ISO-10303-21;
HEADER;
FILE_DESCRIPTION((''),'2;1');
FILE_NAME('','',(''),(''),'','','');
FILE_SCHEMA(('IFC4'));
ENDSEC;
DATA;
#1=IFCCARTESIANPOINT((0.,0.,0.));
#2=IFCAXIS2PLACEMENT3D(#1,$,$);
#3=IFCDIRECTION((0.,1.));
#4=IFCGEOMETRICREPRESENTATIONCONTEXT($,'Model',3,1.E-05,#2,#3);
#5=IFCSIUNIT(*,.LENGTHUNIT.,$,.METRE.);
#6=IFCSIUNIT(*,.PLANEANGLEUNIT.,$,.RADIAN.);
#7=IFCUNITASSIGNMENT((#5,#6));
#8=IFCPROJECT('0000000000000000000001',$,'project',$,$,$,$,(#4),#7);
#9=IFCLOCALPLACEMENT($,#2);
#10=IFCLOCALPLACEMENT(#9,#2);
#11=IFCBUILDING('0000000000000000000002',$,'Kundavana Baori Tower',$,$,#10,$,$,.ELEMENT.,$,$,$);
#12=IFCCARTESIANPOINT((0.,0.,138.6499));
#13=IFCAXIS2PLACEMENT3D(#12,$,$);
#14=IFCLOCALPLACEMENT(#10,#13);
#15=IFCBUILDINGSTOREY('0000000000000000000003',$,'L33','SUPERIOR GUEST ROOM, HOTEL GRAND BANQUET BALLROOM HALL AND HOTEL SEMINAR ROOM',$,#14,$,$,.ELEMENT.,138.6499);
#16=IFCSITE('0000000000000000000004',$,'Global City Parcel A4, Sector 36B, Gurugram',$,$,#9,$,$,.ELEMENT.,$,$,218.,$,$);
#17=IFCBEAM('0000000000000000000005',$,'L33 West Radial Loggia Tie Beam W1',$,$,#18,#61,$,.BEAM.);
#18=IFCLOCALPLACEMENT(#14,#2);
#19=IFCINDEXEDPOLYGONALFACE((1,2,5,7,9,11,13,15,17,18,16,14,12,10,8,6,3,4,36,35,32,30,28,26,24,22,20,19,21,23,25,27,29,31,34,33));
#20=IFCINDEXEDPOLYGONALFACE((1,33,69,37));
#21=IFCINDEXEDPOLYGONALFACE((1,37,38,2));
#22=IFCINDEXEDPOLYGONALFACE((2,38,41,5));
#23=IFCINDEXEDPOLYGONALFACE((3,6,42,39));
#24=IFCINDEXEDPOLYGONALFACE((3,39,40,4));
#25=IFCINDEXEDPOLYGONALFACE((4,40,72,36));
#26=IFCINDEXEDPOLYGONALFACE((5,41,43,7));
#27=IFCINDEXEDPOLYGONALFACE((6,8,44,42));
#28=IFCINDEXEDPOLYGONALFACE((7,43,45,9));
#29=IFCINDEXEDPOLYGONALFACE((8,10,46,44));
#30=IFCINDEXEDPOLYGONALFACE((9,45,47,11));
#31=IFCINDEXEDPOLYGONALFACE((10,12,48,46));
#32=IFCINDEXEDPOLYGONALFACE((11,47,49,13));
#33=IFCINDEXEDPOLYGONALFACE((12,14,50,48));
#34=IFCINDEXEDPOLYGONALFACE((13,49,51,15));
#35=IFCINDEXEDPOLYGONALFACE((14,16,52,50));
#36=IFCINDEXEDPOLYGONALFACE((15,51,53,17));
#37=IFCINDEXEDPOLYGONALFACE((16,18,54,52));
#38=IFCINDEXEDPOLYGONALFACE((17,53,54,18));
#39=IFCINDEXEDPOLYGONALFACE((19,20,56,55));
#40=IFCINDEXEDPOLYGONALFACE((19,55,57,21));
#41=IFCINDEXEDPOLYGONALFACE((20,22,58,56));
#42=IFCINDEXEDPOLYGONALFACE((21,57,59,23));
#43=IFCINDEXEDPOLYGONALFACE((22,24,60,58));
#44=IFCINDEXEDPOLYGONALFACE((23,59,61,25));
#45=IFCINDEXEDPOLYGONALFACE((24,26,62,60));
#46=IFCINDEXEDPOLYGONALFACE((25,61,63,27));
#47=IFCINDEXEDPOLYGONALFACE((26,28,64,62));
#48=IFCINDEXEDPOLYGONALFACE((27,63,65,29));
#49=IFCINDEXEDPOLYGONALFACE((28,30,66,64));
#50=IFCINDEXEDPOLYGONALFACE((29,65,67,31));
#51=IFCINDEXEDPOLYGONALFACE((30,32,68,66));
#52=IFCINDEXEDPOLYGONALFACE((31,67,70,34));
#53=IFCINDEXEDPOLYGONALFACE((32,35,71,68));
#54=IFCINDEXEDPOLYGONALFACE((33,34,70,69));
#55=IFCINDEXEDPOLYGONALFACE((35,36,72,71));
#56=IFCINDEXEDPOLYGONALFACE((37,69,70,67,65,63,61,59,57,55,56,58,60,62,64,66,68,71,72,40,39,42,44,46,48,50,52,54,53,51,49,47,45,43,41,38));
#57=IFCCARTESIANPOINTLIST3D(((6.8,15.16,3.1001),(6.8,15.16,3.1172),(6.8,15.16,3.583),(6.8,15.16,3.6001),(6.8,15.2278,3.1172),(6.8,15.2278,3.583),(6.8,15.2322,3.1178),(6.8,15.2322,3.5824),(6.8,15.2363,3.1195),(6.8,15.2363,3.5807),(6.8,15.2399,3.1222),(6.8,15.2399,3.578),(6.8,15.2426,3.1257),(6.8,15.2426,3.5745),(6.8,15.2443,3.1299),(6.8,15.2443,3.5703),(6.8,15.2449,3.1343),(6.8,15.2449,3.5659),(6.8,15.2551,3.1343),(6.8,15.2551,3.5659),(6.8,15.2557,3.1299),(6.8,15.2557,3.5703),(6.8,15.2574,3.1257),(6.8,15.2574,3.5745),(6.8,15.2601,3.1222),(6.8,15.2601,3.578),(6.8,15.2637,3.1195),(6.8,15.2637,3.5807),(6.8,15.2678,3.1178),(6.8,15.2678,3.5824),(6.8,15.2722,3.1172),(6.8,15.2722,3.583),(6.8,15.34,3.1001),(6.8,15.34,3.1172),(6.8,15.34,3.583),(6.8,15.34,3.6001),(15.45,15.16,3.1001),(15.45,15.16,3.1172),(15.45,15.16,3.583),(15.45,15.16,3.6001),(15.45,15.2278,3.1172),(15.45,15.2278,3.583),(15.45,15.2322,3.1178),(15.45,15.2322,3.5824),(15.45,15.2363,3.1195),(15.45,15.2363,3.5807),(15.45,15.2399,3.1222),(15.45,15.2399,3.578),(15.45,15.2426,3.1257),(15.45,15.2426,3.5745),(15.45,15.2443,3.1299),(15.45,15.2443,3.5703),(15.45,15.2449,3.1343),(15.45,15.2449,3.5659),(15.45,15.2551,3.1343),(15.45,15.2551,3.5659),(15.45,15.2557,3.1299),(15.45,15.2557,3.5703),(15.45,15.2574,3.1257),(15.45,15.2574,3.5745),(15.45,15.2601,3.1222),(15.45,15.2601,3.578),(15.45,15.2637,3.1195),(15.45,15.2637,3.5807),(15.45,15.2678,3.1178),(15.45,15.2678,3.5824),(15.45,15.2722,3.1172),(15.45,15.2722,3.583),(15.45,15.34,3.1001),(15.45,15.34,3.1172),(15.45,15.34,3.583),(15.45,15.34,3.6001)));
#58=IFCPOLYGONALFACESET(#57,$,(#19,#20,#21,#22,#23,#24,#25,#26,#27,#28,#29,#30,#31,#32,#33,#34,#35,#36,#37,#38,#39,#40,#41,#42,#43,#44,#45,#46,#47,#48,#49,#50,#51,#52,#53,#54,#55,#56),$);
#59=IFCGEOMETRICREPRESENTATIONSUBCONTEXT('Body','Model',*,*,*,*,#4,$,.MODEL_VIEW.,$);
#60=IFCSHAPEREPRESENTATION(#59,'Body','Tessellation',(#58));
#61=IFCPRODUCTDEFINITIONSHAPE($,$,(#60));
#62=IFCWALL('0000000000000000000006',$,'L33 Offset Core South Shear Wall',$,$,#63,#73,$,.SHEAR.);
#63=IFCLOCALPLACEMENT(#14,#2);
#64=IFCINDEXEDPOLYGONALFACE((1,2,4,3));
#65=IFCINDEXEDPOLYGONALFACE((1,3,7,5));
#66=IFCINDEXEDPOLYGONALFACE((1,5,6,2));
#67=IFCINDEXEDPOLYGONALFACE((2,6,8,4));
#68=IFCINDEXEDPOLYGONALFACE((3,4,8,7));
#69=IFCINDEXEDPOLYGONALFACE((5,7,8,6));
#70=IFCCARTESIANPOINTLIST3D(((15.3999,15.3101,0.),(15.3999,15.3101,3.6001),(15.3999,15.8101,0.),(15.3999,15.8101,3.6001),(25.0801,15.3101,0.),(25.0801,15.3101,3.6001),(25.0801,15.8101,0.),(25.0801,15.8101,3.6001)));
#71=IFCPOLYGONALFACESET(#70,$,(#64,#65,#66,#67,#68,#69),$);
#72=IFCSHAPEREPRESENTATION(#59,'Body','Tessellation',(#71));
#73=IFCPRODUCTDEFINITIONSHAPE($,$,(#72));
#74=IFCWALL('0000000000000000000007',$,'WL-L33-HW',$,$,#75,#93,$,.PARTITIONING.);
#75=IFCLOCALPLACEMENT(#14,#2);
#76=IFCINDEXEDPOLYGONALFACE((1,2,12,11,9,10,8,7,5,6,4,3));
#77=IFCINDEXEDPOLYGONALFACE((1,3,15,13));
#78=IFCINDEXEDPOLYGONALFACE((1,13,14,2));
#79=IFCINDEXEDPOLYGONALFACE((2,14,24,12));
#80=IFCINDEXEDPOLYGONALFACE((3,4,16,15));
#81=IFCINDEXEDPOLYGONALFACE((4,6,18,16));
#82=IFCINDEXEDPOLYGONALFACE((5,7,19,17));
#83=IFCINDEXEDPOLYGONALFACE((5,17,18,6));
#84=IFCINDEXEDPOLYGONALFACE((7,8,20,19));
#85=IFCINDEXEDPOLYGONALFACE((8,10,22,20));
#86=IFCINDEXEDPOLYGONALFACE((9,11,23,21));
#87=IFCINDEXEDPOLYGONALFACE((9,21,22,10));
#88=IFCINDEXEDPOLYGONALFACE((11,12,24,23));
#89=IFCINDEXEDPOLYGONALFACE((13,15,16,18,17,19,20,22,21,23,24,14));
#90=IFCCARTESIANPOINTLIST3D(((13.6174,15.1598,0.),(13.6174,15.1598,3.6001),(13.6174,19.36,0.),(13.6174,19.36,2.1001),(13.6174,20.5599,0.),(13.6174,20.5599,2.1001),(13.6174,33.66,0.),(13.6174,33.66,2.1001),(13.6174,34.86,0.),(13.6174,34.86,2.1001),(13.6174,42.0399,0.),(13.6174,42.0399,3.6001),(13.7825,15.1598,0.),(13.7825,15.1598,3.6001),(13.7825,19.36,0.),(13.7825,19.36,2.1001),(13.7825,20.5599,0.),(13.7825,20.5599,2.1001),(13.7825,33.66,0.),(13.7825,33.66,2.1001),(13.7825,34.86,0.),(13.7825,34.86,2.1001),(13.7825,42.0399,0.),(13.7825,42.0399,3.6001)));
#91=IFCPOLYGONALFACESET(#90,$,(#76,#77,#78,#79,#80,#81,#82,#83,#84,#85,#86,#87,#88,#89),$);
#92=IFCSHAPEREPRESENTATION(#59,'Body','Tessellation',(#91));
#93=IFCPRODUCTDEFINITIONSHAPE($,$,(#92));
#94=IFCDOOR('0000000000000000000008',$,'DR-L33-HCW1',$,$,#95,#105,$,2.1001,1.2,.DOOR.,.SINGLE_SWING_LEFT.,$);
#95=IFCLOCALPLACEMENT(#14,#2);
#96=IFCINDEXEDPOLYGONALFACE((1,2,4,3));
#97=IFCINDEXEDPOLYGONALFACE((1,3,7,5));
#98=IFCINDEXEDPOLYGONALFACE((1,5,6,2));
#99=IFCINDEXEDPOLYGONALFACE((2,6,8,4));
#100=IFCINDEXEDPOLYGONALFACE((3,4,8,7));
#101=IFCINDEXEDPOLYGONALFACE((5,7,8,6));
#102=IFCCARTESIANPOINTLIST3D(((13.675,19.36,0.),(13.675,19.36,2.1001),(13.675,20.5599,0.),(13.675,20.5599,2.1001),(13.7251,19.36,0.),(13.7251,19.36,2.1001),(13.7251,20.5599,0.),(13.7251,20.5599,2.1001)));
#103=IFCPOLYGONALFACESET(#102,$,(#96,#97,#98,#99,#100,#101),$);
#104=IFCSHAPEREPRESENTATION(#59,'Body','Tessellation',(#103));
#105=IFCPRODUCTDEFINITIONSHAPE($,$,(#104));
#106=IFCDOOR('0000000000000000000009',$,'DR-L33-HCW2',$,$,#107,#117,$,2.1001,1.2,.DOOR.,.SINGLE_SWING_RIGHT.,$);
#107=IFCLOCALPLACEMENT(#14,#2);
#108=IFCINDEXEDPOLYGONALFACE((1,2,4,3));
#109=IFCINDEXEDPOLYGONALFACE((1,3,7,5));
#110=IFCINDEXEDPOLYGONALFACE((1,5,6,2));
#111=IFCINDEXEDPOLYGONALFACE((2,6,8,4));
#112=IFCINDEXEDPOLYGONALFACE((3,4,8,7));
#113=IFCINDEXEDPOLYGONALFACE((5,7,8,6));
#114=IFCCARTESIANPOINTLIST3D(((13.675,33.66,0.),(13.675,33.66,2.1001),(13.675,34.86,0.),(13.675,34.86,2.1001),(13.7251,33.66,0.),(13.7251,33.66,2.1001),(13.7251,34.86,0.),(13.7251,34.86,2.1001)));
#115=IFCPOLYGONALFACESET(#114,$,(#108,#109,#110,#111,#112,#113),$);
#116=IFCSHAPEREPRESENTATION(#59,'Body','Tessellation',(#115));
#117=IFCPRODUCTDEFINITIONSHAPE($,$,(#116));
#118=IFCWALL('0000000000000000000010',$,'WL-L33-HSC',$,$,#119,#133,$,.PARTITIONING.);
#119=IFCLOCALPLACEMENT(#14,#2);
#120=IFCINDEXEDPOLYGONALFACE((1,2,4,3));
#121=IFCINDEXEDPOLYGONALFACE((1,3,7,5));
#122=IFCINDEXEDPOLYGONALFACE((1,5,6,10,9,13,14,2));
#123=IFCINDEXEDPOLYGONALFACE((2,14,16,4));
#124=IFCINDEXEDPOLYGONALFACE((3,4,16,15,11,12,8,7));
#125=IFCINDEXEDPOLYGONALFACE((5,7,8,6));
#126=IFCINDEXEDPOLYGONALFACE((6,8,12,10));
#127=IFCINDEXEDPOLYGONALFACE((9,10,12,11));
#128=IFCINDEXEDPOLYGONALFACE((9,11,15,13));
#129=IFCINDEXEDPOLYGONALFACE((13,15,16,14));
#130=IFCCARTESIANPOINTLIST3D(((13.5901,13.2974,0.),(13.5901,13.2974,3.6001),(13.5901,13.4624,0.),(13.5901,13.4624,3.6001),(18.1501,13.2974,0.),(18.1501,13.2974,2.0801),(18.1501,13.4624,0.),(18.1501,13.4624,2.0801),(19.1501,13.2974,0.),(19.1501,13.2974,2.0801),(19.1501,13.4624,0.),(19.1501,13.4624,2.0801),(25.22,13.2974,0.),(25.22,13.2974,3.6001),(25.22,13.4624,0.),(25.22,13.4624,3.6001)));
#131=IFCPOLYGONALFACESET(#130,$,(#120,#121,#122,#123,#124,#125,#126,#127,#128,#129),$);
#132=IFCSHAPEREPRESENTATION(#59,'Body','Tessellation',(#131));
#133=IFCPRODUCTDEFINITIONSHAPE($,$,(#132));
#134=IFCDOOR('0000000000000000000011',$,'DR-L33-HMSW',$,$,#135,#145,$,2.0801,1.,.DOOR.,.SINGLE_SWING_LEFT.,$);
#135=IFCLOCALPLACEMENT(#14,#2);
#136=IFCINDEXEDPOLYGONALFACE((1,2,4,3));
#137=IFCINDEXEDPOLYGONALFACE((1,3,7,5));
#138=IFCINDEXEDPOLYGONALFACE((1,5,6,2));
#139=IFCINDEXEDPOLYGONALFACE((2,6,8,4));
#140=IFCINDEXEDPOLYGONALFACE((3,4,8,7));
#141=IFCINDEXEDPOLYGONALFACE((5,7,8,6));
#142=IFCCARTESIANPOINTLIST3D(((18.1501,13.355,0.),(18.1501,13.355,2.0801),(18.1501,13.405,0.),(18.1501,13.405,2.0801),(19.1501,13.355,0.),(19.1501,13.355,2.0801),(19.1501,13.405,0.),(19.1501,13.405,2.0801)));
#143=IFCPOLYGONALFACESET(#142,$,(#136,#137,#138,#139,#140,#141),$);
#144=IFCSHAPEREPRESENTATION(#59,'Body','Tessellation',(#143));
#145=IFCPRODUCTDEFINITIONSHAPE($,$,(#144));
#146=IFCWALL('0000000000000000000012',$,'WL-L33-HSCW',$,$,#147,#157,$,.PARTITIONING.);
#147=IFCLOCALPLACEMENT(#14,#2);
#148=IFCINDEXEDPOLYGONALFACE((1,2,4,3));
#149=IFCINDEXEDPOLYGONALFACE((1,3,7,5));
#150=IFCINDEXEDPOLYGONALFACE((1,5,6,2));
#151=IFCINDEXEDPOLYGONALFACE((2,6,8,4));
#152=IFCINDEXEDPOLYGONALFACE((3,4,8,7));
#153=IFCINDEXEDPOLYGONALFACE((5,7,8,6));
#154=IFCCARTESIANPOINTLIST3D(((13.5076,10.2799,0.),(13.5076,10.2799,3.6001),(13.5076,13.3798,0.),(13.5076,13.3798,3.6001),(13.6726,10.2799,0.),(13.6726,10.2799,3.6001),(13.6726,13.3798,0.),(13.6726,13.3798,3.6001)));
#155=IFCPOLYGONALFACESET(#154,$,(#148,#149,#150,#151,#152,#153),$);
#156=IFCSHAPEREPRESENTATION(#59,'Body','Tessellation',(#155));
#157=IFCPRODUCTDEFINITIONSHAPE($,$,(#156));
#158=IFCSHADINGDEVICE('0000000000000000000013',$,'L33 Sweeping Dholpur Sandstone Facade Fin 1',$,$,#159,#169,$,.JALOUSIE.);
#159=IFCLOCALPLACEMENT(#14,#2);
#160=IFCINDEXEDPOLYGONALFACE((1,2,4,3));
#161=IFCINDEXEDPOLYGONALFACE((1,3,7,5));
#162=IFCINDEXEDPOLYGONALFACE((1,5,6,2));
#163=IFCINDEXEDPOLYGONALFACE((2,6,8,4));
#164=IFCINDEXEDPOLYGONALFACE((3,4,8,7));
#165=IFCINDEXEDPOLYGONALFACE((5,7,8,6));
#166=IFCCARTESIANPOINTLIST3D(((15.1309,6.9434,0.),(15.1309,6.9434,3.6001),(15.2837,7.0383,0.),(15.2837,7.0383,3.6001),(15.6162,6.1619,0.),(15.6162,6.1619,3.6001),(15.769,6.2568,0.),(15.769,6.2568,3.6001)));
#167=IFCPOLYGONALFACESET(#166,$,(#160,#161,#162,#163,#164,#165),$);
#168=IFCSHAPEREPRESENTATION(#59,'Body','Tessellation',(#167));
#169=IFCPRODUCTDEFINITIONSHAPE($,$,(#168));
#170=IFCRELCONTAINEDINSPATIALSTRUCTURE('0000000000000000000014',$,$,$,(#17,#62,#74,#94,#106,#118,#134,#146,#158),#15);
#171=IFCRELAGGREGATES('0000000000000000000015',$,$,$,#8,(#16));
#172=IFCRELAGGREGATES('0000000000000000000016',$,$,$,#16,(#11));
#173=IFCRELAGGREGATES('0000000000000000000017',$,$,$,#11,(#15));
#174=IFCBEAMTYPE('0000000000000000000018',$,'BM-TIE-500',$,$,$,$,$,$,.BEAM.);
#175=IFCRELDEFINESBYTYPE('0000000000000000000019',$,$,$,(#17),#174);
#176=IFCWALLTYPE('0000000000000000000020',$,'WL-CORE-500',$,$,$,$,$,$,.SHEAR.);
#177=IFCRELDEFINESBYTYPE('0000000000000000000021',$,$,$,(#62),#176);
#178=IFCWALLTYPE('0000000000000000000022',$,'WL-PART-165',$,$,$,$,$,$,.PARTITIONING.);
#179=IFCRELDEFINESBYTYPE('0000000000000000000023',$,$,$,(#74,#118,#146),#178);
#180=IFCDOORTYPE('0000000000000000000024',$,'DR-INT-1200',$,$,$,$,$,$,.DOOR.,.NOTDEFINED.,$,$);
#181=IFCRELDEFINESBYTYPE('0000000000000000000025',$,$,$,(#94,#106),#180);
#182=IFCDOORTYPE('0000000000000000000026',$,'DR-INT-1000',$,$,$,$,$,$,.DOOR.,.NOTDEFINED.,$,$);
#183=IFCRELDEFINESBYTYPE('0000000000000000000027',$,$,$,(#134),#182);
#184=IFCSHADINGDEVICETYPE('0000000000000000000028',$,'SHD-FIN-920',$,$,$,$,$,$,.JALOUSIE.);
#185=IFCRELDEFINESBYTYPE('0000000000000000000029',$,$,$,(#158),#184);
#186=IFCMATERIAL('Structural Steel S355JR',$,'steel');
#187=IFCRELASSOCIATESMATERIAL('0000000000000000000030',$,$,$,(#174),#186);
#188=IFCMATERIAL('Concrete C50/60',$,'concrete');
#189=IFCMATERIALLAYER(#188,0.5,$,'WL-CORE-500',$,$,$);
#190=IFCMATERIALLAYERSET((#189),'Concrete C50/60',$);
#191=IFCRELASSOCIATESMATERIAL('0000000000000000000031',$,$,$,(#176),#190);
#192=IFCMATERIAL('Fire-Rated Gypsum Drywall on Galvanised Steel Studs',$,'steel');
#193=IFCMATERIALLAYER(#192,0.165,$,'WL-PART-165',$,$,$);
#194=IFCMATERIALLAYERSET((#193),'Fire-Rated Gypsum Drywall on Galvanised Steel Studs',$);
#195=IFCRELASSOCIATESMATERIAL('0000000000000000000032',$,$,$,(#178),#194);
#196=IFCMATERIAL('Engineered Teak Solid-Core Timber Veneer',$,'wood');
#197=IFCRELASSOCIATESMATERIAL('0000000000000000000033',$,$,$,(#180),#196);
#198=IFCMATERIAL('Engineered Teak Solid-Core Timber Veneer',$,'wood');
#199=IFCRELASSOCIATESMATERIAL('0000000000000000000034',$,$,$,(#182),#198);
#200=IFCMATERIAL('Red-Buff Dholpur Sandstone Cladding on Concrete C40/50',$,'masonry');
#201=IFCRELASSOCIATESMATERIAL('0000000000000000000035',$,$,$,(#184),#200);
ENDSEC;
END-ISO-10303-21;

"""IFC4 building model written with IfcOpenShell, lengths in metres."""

from ifc_helpers import new_model, si_unit, direction, frame, frame_2d, origin, origin_2d, place, context, subcontext, project, spatial, rectangle, i_section, extrude, material, layer, layer_set, material_profile, profile_set, type_object, element, fill, save


model = new_model("IFC4")

# Units and contexts
model_context = context("Model", 3, precision=1e-05, world=origin(), true_north=direction((0.0, 1.0)))
body_context = subcontext(model_context, "Body", "Model", "MODEL_VIEW")
ifc_project = project(units=[si_unit("LENGTHUNIT", "METRE"), si_unit("PLANEANGLEUNIT", "RADIAN")], contexts=[model_context])

# Site, building, storey
site_placement = place(None, origin())
site = spatial("IfcSite", under=ifc_project, at=site_placement, Name="Global City Parcel A4, Sector 36B, Gurugram", CompositionType="ELEMENT", RefElevation=218.0)
building_placement = place(site_placement, origin())
building = spatial("IfcBuilding", under=site, at=building_placement, Name="Kundavana Baori Tower", CompositionType="ELEMENT")
storey_placement = place(building_placement, frame((0.0, 0.0, 138.6499)))
storey = spatial("IfcBuildingStorey", under=building, at=storey_placement, Name="L33", Description="SUPERIOR GUEST ROOM, HOTEL GRAND BANQUET BALLROOM HALL AND HOTEL SEMINAR ROOM", CompositionType="ELEMENT", Elevation=138.6499)

# Beam
ifc_material_1 = material(Name="Structural Steel S355JR", Category="steel")
ifc_material_profile_1 = material_profile(ifc_material_1, i_section(OverallWidth=0.1799, OverallDepth=0.5, WebThickness=0.0103, FlangeThickness=0.0171, FilletRadius=0.0171, at=origin_2d()), Name="ISMB 500")
ifc_profile_set_1 = profile_set([ifc_material_profile_1], Name="Structural Steel S355JR")
beam_type_1 = type_object("IfcBeamType", Name="BM-TIE-500", PredefinedType="BEAM", material=ifc_profile_set_1)
for number, where, z_axis, x_axis, name in (
    (1, (15.45, 15.25, 3.3501), (-1.0, 0.0, 0.0), (0.0, -1.0, 0.0), "L33 West Radial Loggia Tie Beam W1"),
):
    element("IfcBeam", number, at=place(storey_placement, frame(where, z_axis=z_axis, x_axis=x_axis)), inside=storey, type_object=beam_type_1, Name=name, PredefinedType="BEAM", context=body_context, shape_type="SweptSolid", body=[
        extrude(i_section(OverallWidth=0.1799, OverallDepth=0.5, WebThickness=0.0103, FlangeThickness=0.0171, FilletRadius=0.0171, at=origin_2d()), origin(), (0.0, 0.0, 1.0), 8.6499),
    ])

# Wall
ifc_material_2 = material(Name="Concrete C50/60", Category="concrete")
ifc_layer_1 = layer(ifc_material_2, 0.5, Name="WL-CORE-500")
ifc_layer_set_1 = layer_set([ifc_layer_1], Name="Concrete C50/60")
wall_type_1 = type_object("IfcWallType", Name="WL-CORE-500", PredefinedType="SHEAR", material=ifc_layer_set_1)
wall_1_placement = place(storey_placement, frame((15.3999, 15.5601, 0.0), z_axis=(0.0, 0.0, 1.0), x_axis=(1.0, 0.0, 0.0)))
element("IfcWall", 2, at=wall_1_placement, inside=storey, type_object=wall_type_1, Name="L33 Offset Core South Shear Wall", PredefinedType="SHEAR", context=body_context, shape_type="SweptSolid", body=[
    extrude(rectangle(XDim=9.6802, YDim=0.5, at=frame_2d((4.8401, 0.0))), origin(), (0.0, 0.0, 1.0), 3.6001),
])

# Wall, openings, doors
ifc_material_3 = material(Name="Fire-Rated Gypsum Drywall on Galvanised Steel Studs", Category="steel")
ifc_layer_2 = layer(ifc_material_3, 0.165, Name="WL-PART-165")
ifc_layer_set_2 = layer_set([ifc_layer_2], Name="Fire-Rated Gypsum Drywall on Galvanised Steel Studs")
wall_type_2 = type_object("IfcWallType", Name="WL-PART-165", PredefinedType="PARTITIONING", material=ifc_layer_set_2)
wall_2_placement = place(storey_placement, frame((13.7, 15.1599, 0.0), z_axis=(0.0, 0.0, 1.0), x_axis=(0.0, 1.0, 0.0)))
wall_2 = element("IfcWall", 3, at=wall_2_placement, inside=storey, type_object=wall_type_2, Name="WL-L33-HW", PredefinedType="PARTITIONING", context=body_context, shape_type="SweptSolid", body=[
    extrude(rectangle(XDim=26.8801, YDim=0.165, at=frame_2d((13.4399, 0.0))), origin(), (0.0, 0.0, 1.0), 3.6001),
])
opening_1_placement = place(wall_2_placement, frame((4.2, 0.0, 0.0)))
opening_1 = element("IfcOpeningElement", 4, at=opening_1_placement, cuts=wall_2, PredefinedType="OPENING", context=body_context, shape_type="SweptSolid", body=[
    extrude(rectangle(XDim=1.2, YDim=2.1001, at=frame_2d((0.6001, 1.05))), frame((0.0, 0.0925, 0.0), z_axis=(0.0, -1.0, 0.0), x_axis=(1.0, 0.0, 0.0)), (0.0, 0.0, 1.0), 0.1851),
])
opening_2_placement = place(wall_2_placement, frame((18.5, 0.0, 0.0)))
opening_2 = element("IfcOpeningElement", 5, at=opening_2_placement, cuts=wall_2, PredefinedType="OPENING", context=body_context, shape_type="SweptSolid", body=[
    extrude(rectangle(XDim=1.2, YDim=2.1001, at=frame_2d((0.6001, 1.05))), frame((0.0, 0.0925, 0.0), z_axis=(0.0, -1.0, 0.0), x_axis=(1.0, 0.0, 0.0)), (0.0, 0.0, 1.0), 0.1851),
])
ifc_material_4 = material(Name="Engineered Teak Solid-Core Timber Veneer", Category="wood")
door_type_1 = type_object("IfcDoorType", Name="DR-INT-1200", OperationType="NOTDEFINED", PredefinedType="DOOR", material=ifc_material_4)
door_1_placement = place(opening_1_placement, origin())
door_1 = element("IfcDoor", 6, at=door_1_placement, inside=storey, type_object=door_type_1, Name="DR-L33-HCW1", OperationType="SINGLE_SWING_LEFT", OverallHeight=2.1001, OverallWidth=1.2, PredefinedType="DOOR", context=body_context, shape_type="SweptSolid", body=[
    extrude(rectangle(XDim=1.2, YDim=2.1001, at=frame_2d((0.6001, 1.05))), frame((0.0, 0.0249, 0.0), z_axis=(0.0, -1.0, 0.0), x_axis=(1.0, 0.0, 0.0)), (0.0, 0.0, 1.0), 0.05),
])
fill(opening_1, door_1)
door_2_placement = place(opening_2_placement, origin())
door_2 = element("IfcDoor", 7, at=door_2_placement, inside=storey, type_object=door_type_1, Name="DR-L33-HCW2", OperationType="SINGLE_SWING_RIGHT", OverallHeight=2.1001, OverallWidth=1.2, PredefinedType="DOOR", context=body_context, shape_type="SweptSolid", body=[
    extrude(rectangle(XDim=1.2, YDim=2.1001, at=frame_2d((0.6001, 1.05))), frame((0.0, 0.0249, 0.0), z_axis=(0.0, -1.0, 0.0), x_axis=(1.0, 0.0, 0.0)), (0.0, 0.0, 1.0), 0.05),
])
fill(opening_2, door_2)

# Wall, opening, door
wall_3_placement = place(storey_placement, frame((13.5901, 13.3799, 0.0), z_axis=(0.0, 0.0, 1.0), x_axis=(1.0, 0.0, 0.0)))
wall_3 = element("IfcWall", 8, at=wall_3_placement, inside=storey, type_object=wall_type_2, Name="WL-L33-HSC", PredefinedType="PARTITIONING", context=body_context, shape_type="SweptSolid", body=[
    extrude(rectangle(XDim=11.6299, YDim=0.165, at=frame_2d((5.8149, 0.0))), origin(), (0.0, 0.0, 1.0), 3.6001),
])
opening_3_placement = place(wall_3_placement, frame((4.5601, 0.0, 0.0)))
opening_3 = element("IfcOpeningElement", 9, at=opening_3_placement, cuts=wall_3, PredefinedType="OPENING", context=body_context, shape_type="SweptSolid", body=[
    extrude(rectangle(XDim=1.0, YDim=2.0801, at=frame_2d((0.5, 1.04))), frame((0.0, 0.0925, 0.0), z_axis=(0.0, -1.0, 0.0), x_axis=(1.0, 0.0, 0.0)), (0.0, 0.0, 1.0), 0.1851),
])
ifc_material_5 = material(Name="Engineered Teak Solid-Core Timber Veneer", Category="wood")
door_type_2 = type_object("IfcDoorType", Name="DR-INT-1000", OperationType="NOTDEFINED", PredefinedType="DOOR", material=ifc_material_5)
door_3_placement = place(opening_3_placement, frame((1.0, 0.0, 0.0), z_axis=(0.0, 0.0, 1.0), x_axis=(-1.0, 0.0, 0.0)))
door_3 = element("IfcDoor", 10, at=door_3_placement, inside=storey, type_object=door_type_2, Name="DR-L33-HMSW", OperationType="SINGLE_SWING_LEFT", OverallHeight=2.0801, OverallWidth=1.0, PredefinedType="DOOR", context=body_context, shape_type="SweptSolid", body=[
    extrude(rectangle(XDim=1.0, YDim=2.0801, at=frame_2d((0.5, 1.04))), frame((0.0, 0.0249, 0.0), z_axis=(0.0, -1.0, 0.0), x_axis=(1.0, 0.0, 0.0)), (0.0, 0.0, 1.0), 0.05),
])
fill(opening_3, door_3)

# Wall
wall_4_placement = place(storey_placement, frame((13.5901, 10.28, 0.0), z_axis=(0.0, 0.0, 1.0), x_axis=(0.0, 1.0, 0.0)))
element("IfcWall", 11, at=wall_4_placement, inside=storey, type_object=wall_type_2, Name="WL-L33-HSCW", PredefinedType="PARTITIONING", context=body_context, shape_type="SweptSolid", body=[
    extrude(rectangle(XDim=3.0999, YDim=0.165, at=frame_2d((1.5498, 0.0))), origin(), (0.0, 0.0, 1.0), 3.6001),
])

# Shading device
ifc_material_6 = material(Name="Red-Buff Dholpur Sandstone Cladding on Concrete C40/50", Category="masonry")
shading_device_type = type_object("IfcShadingDeviceType", Name="SHD-FIN-920", PredefinedType="JALOUSIE", material=ifc_material_6)
shading_device_placement = place(storey_placement, frame((15.45, 6.6001, 0.0), z_axis=(0.0, 0.0, 1.0), x_axis=(0.849525, 0.527549, 0.0)))
element("IfcShadingDevice", 12, at=shading_device_placement, inside=storey, type_object=shading_device_type, Name="L33 Sweeping Dholpur Sandstone Facade Fin 1", PredefinedType="JALOUSIE", context=body_context, shape_type="SweptSolid", body=[
    extrude(rectangle(XDim=0.1799, YDim=0.9199, at=origin_2d()), origin(), (0.0, 0.0, 1.0), 3.6001),
])

save(model, "model.ifc")
